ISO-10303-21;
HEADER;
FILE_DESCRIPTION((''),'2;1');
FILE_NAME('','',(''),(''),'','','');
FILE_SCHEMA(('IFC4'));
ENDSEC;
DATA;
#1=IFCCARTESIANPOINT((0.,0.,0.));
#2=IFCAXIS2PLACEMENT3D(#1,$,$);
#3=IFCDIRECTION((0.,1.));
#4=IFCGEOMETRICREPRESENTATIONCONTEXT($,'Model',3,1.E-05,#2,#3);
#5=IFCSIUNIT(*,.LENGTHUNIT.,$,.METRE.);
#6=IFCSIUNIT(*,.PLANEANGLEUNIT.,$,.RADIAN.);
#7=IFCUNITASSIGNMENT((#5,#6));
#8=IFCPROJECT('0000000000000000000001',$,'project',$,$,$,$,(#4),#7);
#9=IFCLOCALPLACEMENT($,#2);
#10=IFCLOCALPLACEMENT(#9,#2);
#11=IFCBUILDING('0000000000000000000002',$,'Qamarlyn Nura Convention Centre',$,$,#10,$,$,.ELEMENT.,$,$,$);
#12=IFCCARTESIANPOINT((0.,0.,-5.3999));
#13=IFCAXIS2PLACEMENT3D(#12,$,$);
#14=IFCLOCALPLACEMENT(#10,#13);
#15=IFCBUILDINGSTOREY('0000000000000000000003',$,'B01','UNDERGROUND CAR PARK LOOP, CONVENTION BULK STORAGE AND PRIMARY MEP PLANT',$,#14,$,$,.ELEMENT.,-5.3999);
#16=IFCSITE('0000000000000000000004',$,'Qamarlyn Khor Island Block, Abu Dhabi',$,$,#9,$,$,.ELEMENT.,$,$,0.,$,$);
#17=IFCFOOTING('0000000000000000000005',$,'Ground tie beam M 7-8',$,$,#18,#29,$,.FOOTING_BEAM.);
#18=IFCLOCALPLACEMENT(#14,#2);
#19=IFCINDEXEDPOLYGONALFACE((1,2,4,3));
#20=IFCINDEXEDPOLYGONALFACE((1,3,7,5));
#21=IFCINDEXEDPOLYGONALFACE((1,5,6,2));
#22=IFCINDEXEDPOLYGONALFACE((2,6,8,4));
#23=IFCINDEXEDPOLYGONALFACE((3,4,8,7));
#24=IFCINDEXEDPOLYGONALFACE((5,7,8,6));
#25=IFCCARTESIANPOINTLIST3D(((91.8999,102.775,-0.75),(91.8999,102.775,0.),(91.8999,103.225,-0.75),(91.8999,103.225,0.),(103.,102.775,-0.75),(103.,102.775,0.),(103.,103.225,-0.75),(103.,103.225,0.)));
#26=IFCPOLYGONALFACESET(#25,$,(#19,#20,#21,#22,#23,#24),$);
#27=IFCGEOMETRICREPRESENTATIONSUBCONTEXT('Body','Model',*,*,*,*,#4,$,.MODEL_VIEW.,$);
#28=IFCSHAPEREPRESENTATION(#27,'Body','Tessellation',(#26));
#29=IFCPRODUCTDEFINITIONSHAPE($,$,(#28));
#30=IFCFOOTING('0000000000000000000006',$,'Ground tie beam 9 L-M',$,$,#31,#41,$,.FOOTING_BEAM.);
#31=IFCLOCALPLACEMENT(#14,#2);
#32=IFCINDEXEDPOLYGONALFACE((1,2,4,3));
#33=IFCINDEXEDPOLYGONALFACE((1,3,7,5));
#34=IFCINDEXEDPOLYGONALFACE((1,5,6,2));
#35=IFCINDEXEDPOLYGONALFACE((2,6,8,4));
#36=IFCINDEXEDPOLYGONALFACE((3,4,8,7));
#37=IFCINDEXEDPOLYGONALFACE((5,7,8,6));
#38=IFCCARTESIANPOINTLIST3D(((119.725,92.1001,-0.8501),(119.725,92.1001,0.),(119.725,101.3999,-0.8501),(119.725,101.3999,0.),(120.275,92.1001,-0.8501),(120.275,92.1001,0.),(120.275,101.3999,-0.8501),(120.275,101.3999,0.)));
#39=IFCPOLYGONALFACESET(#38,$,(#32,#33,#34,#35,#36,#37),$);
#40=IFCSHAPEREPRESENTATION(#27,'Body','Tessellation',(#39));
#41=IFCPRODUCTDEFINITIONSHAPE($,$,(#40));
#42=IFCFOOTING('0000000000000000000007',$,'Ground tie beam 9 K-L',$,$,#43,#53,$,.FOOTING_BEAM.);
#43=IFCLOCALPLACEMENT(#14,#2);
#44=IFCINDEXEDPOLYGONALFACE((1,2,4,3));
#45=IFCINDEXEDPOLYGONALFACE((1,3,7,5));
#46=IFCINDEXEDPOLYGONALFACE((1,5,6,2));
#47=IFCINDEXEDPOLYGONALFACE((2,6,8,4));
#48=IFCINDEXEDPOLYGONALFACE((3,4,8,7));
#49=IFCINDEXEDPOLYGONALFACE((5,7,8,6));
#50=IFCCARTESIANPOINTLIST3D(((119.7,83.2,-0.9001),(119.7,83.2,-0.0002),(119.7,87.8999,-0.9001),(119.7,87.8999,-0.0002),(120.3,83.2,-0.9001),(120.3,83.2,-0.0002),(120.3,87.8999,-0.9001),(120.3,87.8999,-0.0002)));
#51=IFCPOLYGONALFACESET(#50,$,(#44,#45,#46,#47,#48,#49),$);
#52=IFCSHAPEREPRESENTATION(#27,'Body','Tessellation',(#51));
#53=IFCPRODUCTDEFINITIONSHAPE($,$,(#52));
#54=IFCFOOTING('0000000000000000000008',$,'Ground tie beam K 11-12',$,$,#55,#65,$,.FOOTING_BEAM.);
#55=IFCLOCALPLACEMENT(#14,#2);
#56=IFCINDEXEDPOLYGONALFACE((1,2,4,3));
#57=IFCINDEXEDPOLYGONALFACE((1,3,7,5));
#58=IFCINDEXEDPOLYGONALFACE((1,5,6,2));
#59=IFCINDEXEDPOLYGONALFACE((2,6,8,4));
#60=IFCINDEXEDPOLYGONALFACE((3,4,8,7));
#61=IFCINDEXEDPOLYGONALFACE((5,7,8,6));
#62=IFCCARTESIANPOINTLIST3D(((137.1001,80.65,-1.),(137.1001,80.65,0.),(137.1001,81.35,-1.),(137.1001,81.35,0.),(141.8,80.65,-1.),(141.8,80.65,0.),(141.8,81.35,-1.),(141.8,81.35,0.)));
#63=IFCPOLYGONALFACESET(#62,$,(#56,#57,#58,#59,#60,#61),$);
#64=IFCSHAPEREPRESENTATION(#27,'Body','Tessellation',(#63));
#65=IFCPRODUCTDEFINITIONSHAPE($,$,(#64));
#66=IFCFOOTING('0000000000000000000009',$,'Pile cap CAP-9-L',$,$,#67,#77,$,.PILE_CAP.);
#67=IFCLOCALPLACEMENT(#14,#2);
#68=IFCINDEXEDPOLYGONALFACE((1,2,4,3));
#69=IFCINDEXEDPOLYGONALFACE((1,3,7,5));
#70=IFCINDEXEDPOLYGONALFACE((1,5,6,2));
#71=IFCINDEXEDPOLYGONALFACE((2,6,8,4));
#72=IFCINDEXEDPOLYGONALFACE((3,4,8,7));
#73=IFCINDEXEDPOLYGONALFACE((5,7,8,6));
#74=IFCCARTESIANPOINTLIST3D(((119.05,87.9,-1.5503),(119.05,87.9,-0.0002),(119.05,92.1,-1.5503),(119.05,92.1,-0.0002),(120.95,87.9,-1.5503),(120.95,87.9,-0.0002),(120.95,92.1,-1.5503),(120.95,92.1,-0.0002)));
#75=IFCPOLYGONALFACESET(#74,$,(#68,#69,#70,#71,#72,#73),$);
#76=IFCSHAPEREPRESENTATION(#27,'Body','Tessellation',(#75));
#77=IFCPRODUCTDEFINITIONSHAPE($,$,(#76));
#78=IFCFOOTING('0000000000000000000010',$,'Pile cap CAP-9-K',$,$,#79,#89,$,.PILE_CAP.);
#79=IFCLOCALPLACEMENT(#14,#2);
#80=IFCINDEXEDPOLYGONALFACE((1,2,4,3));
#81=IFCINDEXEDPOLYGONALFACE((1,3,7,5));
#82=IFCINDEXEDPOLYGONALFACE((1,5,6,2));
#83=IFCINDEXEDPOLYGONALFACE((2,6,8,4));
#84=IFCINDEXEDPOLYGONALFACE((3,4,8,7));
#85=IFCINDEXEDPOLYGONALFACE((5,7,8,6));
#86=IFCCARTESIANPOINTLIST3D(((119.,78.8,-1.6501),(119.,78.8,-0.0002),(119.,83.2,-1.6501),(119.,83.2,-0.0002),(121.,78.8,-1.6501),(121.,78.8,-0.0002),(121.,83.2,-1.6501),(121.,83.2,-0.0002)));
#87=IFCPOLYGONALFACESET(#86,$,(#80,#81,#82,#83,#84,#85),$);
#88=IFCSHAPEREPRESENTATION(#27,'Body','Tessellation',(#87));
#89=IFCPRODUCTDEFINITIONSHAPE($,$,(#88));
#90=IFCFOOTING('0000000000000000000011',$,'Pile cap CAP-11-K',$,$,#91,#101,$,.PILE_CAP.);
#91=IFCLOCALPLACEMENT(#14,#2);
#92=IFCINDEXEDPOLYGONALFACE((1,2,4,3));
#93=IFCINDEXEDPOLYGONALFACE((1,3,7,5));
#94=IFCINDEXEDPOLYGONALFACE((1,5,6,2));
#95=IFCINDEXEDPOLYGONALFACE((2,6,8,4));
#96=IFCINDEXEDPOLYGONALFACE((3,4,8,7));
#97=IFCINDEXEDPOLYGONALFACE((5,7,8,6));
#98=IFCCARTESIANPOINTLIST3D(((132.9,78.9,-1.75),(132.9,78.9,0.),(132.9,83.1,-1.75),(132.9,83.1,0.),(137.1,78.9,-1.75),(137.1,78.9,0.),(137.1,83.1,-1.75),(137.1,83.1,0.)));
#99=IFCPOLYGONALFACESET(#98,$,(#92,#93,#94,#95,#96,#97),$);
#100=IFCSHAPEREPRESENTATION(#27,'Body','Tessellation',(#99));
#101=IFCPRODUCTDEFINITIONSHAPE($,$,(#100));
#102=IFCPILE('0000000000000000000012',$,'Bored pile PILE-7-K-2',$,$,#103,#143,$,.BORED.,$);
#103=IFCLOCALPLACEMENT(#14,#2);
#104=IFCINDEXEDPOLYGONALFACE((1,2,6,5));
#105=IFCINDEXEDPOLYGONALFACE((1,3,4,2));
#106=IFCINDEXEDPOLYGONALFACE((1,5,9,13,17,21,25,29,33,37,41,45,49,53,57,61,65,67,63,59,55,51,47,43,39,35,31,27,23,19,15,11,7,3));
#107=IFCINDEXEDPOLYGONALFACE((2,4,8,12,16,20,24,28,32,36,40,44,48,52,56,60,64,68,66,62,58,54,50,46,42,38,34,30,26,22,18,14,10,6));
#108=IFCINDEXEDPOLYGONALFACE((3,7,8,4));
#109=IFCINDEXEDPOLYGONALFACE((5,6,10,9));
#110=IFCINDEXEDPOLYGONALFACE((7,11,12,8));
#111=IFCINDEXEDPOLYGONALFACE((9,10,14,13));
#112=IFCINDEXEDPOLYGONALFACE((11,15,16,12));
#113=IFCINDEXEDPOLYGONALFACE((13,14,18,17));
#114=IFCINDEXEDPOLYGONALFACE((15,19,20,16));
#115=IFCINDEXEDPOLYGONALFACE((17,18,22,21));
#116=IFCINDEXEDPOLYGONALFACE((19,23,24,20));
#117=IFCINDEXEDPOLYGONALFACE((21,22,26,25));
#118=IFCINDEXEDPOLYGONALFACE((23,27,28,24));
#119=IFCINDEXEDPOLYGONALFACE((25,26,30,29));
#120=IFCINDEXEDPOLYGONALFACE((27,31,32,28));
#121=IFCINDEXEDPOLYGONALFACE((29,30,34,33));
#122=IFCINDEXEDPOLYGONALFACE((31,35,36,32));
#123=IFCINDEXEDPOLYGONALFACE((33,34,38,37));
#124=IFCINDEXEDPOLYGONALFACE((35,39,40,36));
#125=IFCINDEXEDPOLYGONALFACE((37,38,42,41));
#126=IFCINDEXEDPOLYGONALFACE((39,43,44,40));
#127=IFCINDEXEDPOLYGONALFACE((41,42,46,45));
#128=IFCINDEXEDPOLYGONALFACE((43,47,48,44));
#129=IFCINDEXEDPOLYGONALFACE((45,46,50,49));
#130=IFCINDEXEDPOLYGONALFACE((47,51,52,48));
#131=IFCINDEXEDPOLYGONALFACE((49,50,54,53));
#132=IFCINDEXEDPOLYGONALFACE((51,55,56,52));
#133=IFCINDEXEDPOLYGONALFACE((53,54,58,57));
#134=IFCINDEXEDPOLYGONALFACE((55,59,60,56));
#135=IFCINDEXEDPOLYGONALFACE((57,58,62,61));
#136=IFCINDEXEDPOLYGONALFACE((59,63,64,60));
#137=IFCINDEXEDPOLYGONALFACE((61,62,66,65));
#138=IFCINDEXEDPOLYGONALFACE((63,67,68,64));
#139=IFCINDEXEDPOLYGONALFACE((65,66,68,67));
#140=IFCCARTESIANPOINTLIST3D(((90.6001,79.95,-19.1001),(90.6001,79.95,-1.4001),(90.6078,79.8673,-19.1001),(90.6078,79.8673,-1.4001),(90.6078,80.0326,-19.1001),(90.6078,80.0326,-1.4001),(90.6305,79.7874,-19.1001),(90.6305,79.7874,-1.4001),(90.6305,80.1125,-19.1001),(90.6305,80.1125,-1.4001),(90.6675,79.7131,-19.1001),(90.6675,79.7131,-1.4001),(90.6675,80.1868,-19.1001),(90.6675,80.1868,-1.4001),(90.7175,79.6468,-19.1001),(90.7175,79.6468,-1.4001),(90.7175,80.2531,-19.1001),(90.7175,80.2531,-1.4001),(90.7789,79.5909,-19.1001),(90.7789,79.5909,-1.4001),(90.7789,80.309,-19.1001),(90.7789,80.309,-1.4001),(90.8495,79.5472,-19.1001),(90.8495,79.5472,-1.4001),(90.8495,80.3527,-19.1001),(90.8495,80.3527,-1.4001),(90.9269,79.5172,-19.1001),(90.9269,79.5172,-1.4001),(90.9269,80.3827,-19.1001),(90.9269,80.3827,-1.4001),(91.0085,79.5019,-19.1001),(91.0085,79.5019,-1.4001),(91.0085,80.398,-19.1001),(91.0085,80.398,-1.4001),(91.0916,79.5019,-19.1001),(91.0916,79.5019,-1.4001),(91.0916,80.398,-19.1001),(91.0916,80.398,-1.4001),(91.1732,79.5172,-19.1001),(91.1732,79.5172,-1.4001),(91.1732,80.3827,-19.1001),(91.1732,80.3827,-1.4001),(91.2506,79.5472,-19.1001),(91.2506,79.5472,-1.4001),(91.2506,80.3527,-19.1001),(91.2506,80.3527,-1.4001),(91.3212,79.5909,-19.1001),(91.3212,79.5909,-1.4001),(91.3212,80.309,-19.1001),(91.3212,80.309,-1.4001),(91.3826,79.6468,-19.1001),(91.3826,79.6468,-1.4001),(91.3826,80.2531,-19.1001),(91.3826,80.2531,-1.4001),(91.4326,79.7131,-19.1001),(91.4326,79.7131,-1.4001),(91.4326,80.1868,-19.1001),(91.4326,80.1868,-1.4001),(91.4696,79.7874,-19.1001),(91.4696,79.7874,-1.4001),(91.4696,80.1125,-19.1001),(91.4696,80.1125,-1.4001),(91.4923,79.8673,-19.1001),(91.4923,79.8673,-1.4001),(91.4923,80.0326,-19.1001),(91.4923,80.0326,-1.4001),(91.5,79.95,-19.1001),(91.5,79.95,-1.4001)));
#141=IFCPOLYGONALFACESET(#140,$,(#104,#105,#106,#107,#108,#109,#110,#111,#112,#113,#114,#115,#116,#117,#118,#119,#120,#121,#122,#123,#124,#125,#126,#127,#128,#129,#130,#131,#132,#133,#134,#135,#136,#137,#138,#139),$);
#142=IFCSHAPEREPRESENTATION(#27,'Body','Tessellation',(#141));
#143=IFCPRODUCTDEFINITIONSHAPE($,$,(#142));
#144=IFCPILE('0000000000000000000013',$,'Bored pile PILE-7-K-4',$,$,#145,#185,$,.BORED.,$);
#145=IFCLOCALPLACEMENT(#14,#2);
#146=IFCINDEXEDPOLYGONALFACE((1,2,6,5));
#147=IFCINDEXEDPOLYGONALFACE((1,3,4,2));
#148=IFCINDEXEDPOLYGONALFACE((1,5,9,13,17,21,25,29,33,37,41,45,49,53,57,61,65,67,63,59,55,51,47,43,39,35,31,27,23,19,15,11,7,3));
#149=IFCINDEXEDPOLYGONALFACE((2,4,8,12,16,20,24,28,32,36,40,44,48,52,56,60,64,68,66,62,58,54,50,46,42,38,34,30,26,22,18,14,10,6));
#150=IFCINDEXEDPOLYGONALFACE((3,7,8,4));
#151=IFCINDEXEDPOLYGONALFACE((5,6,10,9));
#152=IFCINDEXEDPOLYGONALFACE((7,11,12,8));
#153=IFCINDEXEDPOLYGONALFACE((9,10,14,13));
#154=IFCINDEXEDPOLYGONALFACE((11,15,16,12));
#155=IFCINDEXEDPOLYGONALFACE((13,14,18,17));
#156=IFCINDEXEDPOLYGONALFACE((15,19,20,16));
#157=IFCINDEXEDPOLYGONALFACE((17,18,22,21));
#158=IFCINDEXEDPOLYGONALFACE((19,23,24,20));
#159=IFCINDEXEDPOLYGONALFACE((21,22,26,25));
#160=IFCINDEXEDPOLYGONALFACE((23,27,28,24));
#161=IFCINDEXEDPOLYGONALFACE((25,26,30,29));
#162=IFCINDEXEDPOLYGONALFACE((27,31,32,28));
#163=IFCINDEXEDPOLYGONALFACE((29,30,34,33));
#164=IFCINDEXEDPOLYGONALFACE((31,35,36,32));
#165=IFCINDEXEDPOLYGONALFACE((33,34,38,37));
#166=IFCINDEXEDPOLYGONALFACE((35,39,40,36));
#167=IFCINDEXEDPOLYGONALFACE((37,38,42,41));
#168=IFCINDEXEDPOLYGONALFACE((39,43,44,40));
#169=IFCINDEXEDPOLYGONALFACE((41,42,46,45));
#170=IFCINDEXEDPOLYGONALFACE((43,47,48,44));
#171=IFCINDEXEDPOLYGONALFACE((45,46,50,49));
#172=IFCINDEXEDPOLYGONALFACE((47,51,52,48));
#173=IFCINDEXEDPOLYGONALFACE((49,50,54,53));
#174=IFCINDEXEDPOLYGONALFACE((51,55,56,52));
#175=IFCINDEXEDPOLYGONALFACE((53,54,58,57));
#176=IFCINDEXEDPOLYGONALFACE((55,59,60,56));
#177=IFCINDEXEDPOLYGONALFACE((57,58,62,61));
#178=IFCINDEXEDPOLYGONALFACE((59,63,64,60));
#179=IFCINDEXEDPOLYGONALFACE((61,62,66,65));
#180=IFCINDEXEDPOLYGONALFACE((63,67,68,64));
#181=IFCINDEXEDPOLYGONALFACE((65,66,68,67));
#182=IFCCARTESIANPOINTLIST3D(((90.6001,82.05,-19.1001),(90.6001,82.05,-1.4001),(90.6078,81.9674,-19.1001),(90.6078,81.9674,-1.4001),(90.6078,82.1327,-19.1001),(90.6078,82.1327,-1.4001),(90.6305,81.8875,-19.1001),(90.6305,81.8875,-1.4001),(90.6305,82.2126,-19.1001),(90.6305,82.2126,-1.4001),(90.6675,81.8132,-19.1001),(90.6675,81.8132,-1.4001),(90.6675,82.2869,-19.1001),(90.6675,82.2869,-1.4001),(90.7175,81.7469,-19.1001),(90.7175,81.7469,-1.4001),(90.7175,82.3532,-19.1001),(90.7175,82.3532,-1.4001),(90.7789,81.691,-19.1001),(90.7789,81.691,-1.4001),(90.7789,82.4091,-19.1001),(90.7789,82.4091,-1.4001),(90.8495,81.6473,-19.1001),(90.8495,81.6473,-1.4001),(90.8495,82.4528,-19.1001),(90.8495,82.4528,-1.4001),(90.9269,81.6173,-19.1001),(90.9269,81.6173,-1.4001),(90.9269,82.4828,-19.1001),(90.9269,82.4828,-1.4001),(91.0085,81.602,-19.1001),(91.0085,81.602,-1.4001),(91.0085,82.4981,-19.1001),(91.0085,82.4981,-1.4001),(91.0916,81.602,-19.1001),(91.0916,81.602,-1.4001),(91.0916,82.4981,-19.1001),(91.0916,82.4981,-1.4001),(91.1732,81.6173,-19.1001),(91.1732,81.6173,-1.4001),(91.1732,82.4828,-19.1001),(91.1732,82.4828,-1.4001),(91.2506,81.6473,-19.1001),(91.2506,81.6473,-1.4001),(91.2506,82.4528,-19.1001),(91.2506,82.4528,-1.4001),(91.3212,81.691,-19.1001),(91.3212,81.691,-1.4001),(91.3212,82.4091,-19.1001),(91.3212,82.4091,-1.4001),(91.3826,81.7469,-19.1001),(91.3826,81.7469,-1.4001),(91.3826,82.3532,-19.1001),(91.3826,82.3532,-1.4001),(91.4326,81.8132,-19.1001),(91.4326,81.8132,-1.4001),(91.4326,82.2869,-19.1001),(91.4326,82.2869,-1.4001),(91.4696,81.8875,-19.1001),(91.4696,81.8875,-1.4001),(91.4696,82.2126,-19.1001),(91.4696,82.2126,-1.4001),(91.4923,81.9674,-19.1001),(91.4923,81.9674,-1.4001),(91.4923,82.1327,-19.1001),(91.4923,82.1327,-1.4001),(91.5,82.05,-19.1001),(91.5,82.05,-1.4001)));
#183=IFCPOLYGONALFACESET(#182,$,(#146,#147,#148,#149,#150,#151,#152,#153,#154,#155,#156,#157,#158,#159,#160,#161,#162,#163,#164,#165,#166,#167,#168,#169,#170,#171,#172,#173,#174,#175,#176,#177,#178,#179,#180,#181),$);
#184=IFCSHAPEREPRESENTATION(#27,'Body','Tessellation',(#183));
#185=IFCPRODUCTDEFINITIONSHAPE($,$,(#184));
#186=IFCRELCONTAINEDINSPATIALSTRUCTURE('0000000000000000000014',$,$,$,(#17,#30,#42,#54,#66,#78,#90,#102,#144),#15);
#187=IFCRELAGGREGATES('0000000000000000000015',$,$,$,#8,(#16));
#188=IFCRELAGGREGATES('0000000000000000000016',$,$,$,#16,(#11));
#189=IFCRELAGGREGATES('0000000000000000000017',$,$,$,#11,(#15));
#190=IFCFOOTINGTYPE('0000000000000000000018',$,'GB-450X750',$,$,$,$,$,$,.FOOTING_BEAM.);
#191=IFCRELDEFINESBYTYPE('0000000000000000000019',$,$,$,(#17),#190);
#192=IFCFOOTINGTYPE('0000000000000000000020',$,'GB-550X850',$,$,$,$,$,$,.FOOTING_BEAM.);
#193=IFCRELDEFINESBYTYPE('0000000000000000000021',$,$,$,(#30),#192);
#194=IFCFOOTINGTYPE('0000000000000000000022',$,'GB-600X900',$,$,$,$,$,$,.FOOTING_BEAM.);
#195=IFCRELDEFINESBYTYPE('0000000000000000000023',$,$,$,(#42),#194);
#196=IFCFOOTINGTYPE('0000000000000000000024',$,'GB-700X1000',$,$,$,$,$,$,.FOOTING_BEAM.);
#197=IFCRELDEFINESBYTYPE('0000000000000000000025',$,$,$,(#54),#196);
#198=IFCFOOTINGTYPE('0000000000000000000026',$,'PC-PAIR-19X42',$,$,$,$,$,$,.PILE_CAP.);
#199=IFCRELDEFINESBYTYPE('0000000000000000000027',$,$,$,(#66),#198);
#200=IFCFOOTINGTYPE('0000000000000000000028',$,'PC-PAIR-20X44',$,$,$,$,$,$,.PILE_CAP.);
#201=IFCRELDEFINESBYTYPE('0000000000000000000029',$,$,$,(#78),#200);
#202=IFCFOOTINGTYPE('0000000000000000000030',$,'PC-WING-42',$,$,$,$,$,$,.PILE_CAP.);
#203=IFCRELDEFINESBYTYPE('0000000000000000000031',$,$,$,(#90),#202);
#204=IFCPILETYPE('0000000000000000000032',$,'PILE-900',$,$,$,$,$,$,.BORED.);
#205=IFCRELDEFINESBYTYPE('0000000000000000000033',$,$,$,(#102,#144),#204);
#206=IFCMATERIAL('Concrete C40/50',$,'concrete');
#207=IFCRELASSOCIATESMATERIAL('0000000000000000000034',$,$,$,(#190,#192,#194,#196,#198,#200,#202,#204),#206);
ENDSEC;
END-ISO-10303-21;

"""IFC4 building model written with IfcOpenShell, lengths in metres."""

from ifc_helpers import new_model, si_unit, direction, frame, origin, origin_2d, place, context, subcontext, project, spatial, rectangle, circle, extrude, material, material_profile, profile_set, type_object, element, save


model = new_model("IFC4")

# Units and contexts
model_context = context("Model", 3, precision=1e-05, world=origin(), true_north=direction((0.0, 1.0)))
body_context = subcontext(model_context, "Body", "Model", "MODEL_VIEW")
ifc_project = project(units=[si_unit("LENGTHUNIT", "METRE"), si_unit("PLANEANGLEUNIT", "RADIAN")], contexts=[model_context])

# Site, building, storey
site_placement = place(None, origin())
site = spatial("IfcSite", under=ifc_project, at=site_placement, Name="Qamarlyn Khor Island Block, Abu Dhabi", CompositionType="ELEMENT", RefElevation=0.0)
building_placement = place(site_placement, origin())
building = spatial("IfcBuilding", under=site, at=building_placement, Name="Qamarlyn Nura Convention Centre", CompositionType="ELEMENT")
storey_placement = place(building_placement, frame((0.0, 0.0, -5.3999)))
storey = spatial("IfcBuildingStorey", under=building, at=storey_placement, Name="B01", Description="UNDERGROUND CAR PARK LOOP, CONVENTION BULK STORAGE AND PRIMARY MEP PLANT", CompositionType="ELEMENT", Elevation=-5.3999)

# Footings
ifc_material_1 = material(Name="Concrete C40/50", Category="concrete")
ifc_material_profile_1 = material_profile(ifc_material_1, rectangle(XDim=0.45, YDim=0.75, at=origin_2d()), Name="RC GB 450x750")
ifc_profile_set_1 = profile_set([ifc_material_profile_1], Name="Concrete C40/50")
footing_type_1 = type_object("IfcFootingType", Name="GB-450X750", PredefinedType="FOOTING_BEAM", material=ifc_profile_set_1)
footing_1_placement = place(storey_placement, frame((91.8999, 103.0, -0.375), z_axis=(1.0, 0.0, 0.0), x_axis=(0.0, 1.0, 0.0)))
element("IfcFooting", 1, at=footing_1_placement, inside=storey, type_object=footing_type_1, Name="Ground tie beam M 7-8", PredefinedType="FOOTING_BEAM", context=body_context, shape_type="SweptSolid", body=[
    extrude(rectangle(XDim=0.45, YDim=0.75, at=origin_2d()), origin(), (0.0, 0.0, 1.0), 11.1001),
])
ifc_material_profile_2 = material_profile(ifc_material_1, rectangle(XDim=0.55, YDim=0.8501, at=origin_2d()), Name="RC GB 550x850")
ifc_profile_set_2 = profile_set([ifc_material_profile_2], Name="Concrete C40/50")
footing_type_2 = type_object("IfcFootingType", Name="GB-550X850", PredefinedType="FOOTING_BEAM", material=ifc_profile_set_2)
footing_2_placement = place(storey_placement, frame((120.0, 92.1001, -0.425), z_axis=(0.0, 1.0, 0.0), x_axis=(-1.0, 0.0, 0.0)))
element("IfcFooting", 2, at=footing_2_placement, inside=storey, type_object=footing_type_2, Name="Ground tie beam 9 L-M", PredefinedType="FOOTING_BEAM", context=body_context, shape_type="SweptSolid", body=[
    extrude(rectangle(XDim=0.55, YDim=0.8501, at=origin_2d()), origin(), (0.0, 0.0, 1.0), 9.2998),
])
ifc_material_profile_3 = material_profile(ifc_material_1, rectangle(XDim=0.6001, YDim=0.8999, at=origin_2d()), Name="RC GB 600x900")
ifc_profile_set_3 = profile_set([ifc_material_profile_3], Name="Concrete C40/50")
footing_type_3 = type_object("IfcFootingType", Name="GB-600X900", PredefinedType="FOOTING_BEAM", material=ifc_profile_set_3)
footing_3_placement = place(storey_placement, frame((120.0, 83.2, -0.4502), z_axis=(0.0, 1.0, 0.0), x_axis=(-1.0, 0.0, 0.0)))
element("IfcFooting", 3, at=footing_3_placement, inside=storey, type_object=footing_type_3, Name="Ground tie beam 9 K-L", PredefinedType="FOOTING_BEAM", context=body_context, shape_type="SweptSolid", body=[
    extrude(rectangle(XDim=0.6001, YDim=0.8999, at=origin_2d()), origin(), (0.0, 0.0, 1.0), 4.7),
])
ifc_material_profile_4 = material_profile(ifc_material_1, rectangle(XDim=0.7, YDim=1.0, at=origin_2d()), Name="RC GB 700x1000")
ifc_profile_set_4 = profile_set([ifc_material_profile_4], Name="Concrete C40/50")
footing_type_4 = type_object("IfcFootingType", Name="GB-700X1000", PredefinedType="FOOTING_BEAM", material=ifc_profile_set_4)
footing_4_placement = place(storey_placement, frame((137.1001, 81.0, -0.5), z_axis=(1.0, 0.0, 0.0), x_axis=(0.0, 1.0, 0.0)))
element("IfcFooting", 4, at=footing_4_placement, inside=storey, type_object=footing_type_4, Name="Ground tie beam K 11-12", PredefinedType="FOOTING_BEAM", context=body_context, shape_type="SweptSolid", body=[
    extrude(rectangle(XDim=0.7, YDim=1.0, at=origin_2d()), origin(), (0.0, 0.0, 1.0), 4.7),
])
footing_type_5 = type_object("IfcFootingType", Name="PC-PAIR-19X42", PredefinedType="PILE_CAP", material=ifc_material_1)
footing_5_placement = place(storey_placement, frame((120.0, 90.0, -1.5503), z_axis=(0.0, 0.0, 1.0), x_axis=(1.0, 0.0, 0.0)))
element("IfcFooting", 5, at=footing_5_placement, inside=storey, type_object=footing_type_5, Name="Pile cap CAP-9-L", PredefinedType="PILE_CAP", context=body_context, shape_type="SweptSolid", body=[
    extrude(rectangle(XDim=1.8999, YDim=4.2, at=origin_2d()), origin(), (0.0, 0.0, 1.0), 1.55),
])
footing_type_6 = type_object("IfcFootingType", Name="PC-PAIR-20X44", PredefinedType="PILE_CAP", material=ifc_material_1)
footing_6_placement = place(storey_placement, frame((120.0, 81.0, -1.6501), z_axis=(0.0, 0.0, 1.0), x_axis=(1.0, 0.0, 0.0)))
element("IfcFooting", 6, at=footing_6_placement, inside=storey, type_object=footing_type_6, Name="Pile cap CAP-9-K", PredefinedType="PILE_CAP", context=body_context, shape_type="SweptSolid", body=[
    extrude(rectangle(XDim=2.0, YDim=4.3999, at=origin_2d()), origin(), (0.0, 0.0, 1.0), 1.6499),
])
footing_type_7 = type_object("IfcFootingType", Name="PC-WING-42", PredefinedType="PILE_CAP", material=ifc_material_1)
footing_7_placement = place(storey_placement, frame((135.0, 81.0, -1.75), z_axis=(0.0, 0.0, 1.0), x_axis=(1.0, 0.0, 0.0)))
element("IfcFooting", 7, at=footing_7_placement, inside=storey, type_object=footing_type_7, Name="Pile cap CAP-11-K", PredefinedType="PILE_CAP", context=body_context, shape_type="SweptSolid", body=[
    extrude(rectangle(XDim=4.2, YDim=4.2, at=origin_2d()), origin(), (0.0, 0.0, 1.0), 1.75),
])

# Piles
ifc_material_profile_5 = material_profile(ifc_material_1, circle(Radius=0.45, at=origin_2d()), Name="BORED PILE 900")
ifc_profile_set_5 = profile_set([ifc_material_profile_5], Name="Concrete C40/50")
pile_type = type_object("IfcPileType", Name="PILE-900", PredefinedType="BORED", material=ifc_profile_set_5)
for number, where, z_axis, x_axis, name in (
    (8, (91.05, 79.95, -1.4001), (0.0, 0.0, -1.0), (1.0, 0.0, 0.0), "Bored pile PILE-7-K-2"),
    (9, (91.05, 82.05, -1.4001), (0.0, 0.0, -1.0), (1.0, 0.0, 0.0), "Bored pile PILE-7-K-4"),
):
    element("IfcPile", number, at=place(storey_placement, frame(where, z_axis=z_axis, x_axis=x_axis)), inside=storey, type_object=pile_type, Name=name, PredefinedType="BORED", context=body_context, shape_type="SweptSolid", body=[
        extrude(circle(Radius=0.45, at=origin_2d()), origin(), (0.0, 0.0, 1.0), 17.7),
    ])

save(model, "model.ifc")
